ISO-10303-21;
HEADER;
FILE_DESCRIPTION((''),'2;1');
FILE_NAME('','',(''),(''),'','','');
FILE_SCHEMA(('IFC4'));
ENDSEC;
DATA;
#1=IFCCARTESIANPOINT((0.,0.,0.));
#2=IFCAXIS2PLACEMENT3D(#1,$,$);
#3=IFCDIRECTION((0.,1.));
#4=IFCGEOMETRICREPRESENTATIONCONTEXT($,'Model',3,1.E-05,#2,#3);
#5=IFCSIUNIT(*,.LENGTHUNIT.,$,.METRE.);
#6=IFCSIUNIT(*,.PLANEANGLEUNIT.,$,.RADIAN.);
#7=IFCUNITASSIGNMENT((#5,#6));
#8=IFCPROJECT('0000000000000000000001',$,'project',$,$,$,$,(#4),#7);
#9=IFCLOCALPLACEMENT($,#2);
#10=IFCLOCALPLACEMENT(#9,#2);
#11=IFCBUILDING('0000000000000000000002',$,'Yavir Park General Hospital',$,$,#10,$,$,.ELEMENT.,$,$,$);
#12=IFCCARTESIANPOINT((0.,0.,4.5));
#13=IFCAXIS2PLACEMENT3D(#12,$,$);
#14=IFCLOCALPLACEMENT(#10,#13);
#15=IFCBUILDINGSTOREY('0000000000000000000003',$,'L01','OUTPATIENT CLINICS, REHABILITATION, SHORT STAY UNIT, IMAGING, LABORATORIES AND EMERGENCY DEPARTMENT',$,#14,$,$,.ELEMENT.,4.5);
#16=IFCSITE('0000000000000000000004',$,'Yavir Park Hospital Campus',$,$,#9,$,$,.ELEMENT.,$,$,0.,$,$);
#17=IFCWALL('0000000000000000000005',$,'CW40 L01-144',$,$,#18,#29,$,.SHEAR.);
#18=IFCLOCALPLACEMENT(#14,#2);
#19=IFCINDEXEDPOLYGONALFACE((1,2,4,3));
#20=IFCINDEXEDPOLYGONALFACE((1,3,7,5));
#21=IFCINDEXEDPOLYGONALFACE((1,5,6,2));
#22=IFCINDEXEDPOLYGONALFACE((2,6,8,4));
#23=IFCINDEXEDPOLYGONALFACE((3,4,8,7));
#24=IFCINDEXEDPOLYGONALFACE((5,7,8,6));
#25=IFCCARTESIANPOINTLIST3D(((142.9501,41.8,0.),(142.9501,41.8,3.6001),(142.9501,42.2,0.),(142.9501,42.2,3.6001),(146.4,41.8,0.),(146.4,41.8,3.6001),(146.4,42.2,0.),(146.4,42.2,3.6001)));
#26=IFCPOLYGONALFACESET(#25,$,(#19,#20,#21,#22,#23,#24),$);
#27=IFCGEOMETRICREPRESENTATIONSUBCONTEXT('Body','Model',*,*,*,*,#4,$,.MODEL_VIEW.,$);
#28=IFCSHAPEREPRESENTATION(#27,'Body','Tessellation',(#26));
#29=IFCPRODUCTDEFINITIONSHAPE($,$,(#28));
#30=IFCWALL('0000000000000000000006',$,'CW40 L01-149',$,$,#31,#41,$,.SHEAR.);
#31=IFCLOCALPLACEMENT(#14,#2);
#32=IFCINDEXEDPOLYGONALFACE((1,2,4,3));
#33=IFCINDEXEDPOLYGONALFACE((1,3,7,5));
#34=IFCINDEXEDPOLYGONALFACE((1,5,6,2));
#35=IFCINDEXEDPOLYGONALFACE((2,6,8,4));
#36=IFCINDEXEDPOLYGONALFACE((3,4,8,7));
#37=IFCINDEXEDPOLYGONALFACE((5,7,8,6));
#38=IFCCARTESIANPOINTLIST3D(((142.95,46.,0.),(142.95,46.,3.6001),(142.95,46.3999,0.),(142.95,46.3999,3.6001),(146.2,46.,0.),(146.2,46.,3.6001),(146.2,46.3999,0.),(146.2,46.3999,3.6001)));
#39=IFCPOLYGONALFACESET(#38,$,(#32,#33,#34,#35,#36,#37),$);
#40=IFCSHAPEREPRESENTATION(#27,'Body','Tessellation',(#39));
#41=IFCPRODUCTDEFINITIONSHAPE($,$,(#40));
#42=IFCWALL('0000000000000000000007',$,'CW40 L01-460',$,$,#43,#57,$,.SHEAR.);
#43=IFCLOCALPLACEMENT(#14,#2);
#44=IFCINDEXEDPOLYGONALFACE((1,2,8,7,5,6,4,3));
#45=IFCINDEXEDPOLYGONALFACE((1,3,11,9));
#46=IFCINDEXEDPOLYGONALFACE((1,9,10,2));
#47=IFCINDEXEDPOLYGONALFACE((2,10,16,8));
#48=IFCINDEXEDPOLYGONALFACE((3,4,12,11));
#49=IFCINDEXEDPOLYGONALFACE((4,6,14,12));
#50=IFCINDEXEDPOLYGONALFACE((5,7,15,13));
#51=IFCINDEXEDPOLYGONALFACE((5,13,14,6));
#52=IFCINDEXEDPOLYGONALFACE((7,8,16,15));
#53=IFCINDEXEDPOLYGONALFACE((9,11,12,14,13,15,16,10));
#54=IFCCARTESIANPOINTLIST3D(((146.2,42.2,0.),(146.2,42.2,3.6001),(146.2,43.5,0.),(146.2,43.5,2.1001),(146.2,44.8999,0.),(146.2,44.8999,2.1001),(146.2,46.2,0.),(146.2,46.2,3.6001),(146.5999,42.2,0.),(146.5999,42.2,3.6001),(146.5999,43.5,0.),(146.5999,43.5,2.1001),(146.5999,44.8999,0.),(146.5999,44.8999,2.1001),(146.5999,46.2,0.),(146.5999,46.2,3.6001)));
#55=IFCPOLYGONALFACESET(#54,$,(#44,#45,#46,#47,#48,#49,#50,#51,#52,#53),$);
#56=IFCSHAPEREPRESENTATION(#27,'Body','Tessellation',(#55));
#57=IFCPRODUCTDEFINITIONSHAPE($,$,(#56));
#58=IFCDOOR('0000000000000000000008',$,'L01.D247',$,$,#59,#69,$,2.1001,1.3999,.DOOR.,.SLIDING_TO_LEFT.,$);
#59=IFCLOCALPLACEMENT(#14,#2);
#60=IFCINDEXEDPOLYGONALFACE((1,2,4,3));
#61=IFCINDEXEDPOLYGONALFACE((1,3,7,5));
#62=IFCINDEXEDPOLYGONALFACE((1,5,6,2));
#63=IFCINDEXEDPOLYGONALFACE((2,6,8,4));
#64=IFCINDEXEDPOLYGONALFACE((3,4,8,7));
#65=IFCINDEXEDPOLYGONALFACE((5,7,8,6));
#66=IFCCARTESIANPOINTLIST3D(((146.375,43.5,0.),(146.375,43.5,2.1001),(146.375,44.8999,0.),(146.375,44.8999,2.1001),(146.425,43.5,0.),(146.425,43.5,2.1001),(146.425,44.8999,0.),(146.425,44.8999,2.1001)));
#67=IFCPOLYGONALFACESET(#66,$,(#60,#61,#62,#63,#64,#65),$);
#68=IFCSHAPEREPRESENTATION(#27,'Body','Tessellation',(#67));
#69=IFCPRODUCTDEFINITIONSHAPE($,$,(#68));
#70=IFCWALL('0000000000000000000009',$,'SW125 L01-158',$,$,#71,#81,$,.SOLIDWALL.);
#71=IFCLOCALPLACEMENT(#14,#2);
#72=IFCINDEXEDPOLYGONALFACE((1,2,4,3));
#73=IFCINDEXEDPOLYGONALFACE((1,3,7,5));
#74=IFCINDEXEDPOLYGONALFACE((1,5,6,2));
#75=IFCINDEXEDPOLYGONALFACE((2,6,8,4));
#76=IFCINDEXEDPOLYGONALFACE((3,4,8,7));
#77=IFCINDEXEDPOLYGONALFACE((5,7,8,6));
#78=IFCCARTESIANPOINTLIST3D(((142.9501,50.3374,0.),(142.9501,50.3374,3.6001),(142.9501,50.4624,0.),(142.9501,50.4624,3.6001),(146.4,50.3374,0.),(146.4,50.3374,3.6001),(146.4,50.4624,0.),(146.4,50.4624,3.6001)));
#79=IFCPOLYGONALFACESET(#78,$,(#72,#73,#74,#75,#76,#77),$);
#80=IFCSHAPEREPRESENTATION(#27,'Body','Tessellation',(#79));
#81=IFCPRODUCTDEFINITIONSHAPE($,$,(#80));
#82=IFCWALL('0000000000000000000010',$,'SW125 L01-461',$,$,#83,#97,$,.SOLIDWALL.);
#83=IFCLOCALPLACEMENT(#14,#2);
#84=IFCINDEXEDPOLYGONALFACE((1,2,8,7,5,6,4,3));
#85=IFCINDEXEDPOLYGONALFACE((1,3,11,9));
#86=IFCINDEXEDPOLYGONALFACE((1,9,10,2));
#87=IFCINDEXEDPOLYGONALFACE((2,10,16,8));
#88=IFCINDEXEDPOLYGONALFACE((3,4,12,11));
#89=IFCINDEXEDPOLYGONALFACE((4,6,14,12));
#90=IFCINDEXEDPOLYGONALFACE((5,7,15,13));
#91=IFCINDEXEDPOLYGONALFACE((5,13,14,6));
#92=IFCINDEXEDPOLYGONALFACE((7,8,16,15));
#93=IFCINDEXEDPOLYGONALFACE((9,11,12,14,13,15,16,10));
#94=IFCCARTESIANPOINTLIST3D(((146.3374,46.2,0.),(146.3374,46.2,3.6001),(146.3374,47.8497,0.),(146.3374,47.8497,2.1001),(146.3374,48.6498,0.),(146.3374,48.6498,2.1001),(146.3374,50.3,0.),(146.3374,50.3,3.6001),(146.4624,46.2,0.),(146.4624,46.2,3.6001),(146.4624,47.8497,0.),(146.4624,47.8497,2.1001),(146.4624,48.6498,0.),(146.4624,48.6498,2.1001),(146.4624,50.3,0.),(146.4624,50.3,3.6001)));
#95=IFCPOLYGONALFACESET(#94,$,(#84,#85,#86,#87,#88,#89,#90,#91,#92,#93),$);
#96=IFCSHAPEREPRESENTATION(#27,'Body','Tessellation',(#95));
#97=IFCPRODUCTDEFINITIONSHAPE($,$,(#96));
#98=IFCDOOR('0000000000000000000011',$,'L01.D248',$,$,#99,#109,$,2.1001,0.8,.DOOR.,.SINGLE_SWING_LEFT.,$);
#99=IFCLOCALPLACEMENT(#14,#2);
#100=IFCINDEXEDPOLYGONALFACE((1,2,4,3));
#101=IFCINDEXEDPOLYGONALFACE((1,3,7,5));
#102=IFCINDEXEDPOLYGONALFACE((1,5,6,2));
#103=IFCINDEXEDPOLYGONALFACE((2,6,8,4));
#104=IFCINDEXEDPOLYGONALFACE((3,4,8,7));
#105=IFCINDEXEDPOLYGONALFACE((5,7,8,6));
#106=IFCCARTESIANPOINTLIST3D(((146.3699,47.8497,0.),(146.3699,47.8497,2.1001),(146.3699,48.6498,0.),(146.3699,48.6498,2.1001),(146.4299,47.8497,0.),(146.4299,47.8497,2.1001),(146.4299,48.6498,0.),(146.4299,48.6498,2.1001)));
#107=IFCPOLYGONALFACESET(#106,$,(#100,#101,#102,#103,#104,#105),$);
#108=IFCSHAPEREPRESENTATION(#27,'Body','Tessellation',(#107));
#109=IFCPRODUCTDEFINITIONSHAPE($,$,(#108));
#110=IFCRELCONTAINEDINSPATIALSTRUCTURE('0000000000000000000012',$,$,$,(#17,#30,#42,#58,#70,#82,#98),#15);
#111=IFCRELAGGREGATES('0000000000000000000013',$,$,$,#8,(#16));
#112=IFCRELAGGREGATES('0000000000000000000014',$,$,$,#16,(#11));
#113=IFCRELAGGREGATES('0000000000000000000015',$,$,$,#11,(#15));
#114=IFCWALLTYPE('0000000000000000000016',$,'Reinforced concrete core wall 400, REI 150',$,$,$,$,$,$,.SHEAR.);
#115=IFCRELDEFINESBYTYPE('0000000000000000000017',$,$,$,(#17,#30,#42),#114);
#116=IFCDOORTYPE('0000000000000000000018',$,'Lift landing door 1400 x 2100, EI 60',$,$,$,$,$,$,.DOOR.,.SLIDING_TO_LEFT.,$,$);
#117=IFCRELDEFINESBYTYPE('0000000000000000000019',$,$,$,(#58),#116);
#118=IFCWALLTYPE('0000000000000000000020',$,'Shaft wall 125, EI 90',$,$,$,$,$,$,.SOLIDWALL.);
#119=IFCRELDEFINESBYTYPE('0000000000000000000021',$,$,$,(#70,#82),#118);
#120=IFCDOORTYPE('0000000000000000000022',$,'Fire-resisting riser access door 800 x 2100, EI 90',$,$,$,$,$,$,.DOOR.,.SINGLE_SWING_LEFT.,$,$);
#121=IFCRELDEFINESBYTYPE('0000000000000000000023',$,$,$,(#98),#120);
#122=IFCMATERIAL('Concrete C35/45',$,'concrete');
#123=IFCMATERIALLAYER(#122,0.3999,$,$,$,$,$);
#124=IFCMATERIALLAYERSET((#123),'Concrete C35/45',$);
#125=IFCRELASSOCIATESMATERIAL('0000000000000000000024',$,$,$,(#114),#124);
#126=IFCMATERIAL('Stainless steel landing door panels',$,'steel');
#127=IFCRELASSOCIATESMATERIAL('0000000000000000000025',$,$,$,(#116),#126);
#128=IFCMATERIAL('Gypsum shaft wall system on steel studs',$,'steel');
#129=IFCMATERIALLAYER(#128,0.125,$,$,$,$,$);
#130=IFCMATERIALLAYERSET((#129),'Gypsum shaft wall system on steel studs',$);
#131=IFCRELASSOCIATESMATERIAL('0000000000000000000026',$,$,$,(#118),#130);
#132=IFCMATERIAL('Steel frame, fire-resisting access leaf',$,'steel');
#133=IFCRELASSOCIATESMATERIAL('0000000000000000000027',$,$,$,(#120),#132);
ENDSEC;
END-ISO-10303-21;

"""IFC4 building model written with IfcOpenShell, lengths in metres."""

from ifc_helpers import new_model, si_unit, direction, frame, frame_2d, origin, place, context, subcontext, project, spatial, rectangle, extrude, material, layer, layer_set, type_object, element, fill, save


model = new_model("IFC4")

# Units and contexts
model_context = context("Model", 3, precision=1e-05, world=origin(), true_north=direction((0.0, 1.0)))
body_context = subcontext(model_context, "Body", "Model", "MODEL_VIEW")
ifc_project = project(units=[si_unit("LENGTHUNIT", "METRE"), si_unit("PLANEANGLEUNIT", "RADIAN")], contexts=[model_context])

# Site, building, storey
site_placement = place(None, origin())
site = spatial("IfcSite", under=ifc_project, at=site_placement, Name="Yavir Park Hospital Campus", CompositionType="ELEMENT", RefElevation=0.0)
building_placement = place(site_placement, origin())
building = spatial("IfcBuilding", under=site, at=building_placement, Name="Yavir Park General Hospital", CompositionType="ELEMENT")
storey_placement = place(building_placement, frame((0.0, 0.0, 4.5)))
storey = spatial("IfcBuildingStorey", under=building, at=storey_placement, Name="L01", Description="OUTPATIENT CLINICS, REHABILITATION, SHORT STAY UNIT, IMAGING, LABORATORIES AND EMERGENCY DEPARTMENT", CompositionType="ELEMENT", Elevation=4.5)

# Walls
ifc_material_1 = material(Name="Concrete C35/45", Category="concrete")
ifc_layer_1 = layer(ifc_material_1, 0.3999)
ifc_layer_set_1 = layer_set([ifc_layer_1], Name="Concrete C35/45")
wall_type_1 = type_object("IfcWallType", Name="Reinforced concrete core wall 400, REI 150", PredefinedType="SHEAR", material=ifc_layer_set_1)
wall_1_placement = place(storey_placement, frame((142.95, 42.0, 0.0), z_axis=(0.0, 0.0, 1.0), x_axis=(1.0, 0.0, 0.0)))
element("IfcWall", 1, at=wall_1_placement, inside=storey, type_object=wall_type_1, Name="CW40 L01-144", PredefinedType="SHEAR", context=body_context, shape_type="SweptSolid", body=[
    extrude(rectangle(XDim=3.45, YDim=0.3999, at=frame_2d((1.7251, 0.0))), origin(), (0.0, 0.0, 1.0), 3.6001),
])
wall_2_placement = place(storey_placement, frame((142.95, 46.2, 0.0), z_axis=(0.0, 0.0, 1.0), x_axis=(1.0, 0.0, 0.0)))
element("IfcWall", 2, at=wall_2_placement, inside=storey, type_object=wall_type_1, Name="CW40 L01-149", PredefinedType="SHEAR", context=body_context, shape_type="SweptSolid", body=[
    extrude(rectangle(XDim=3.25, YDim=0.3999, at=frame_2d((1.625, 0.0))), origin(), (0.0, 0.0, 1.0), 3.6001),
])

# Wall, opening, door
wall_3_placement = place(storey_placement, frame((146.3999, 42.2, 0.0), z_axis=(0.0, 0.0, 1.0), x_axis=(0.0, 1.0, 0.0)))
wall_3 = element("IfcWall", 3, at=wall_3_placement, inside=storey, type_object=wall_type_1, Name="CW40 L01-460", PredefinedType="SHEAR", context=body_context, shape_type="SweptSolid", body=[
    extrude(rectangle(XDim=4.0, YDim=0.3999, at=frame_2d((2.0, 0.0))), origin(), (0.0, 0.0, 1.0), 3.6001),
])
opening_1_placement = place(wall_3_placement, frame((1.3, 0.0, 0.0)))
opening_1 = element("IfcOpeningElement", 4, at=opening_1_placement, cuts=wall_3, PredefinedType="OPENING", context=body_context, shape_type="SweptSolid", body=[
    extrude(rectangle(XDim=1.3999, YDim=2.1001, at=frame_2d((0.7, 1.05))), frame((0.0, 0.21, 0.0), z_axis=(0.0, -1.0, 0.0), x_axis=(1.0, 0.0, 0.0)), (0.0, 0.0, 1.0), 0.4199),
])
ifc_material_2 = material(Name="Stainless steel landing door panels", Category="steel")
door_type_1 = type_object("IfcDoorType", Name="Lift landing door 1400 x 2100, EI 60", OperationType="SLIDING_TO_LEFT", PredefinedType="DOOR", material=ifc_material_2)
door_1_placement = place(opening_1_placement, origin())
door_1 = element("IfcDoor", 5, at=door_1_placement, inside=storey, type_object=door_type_1, Name="L01.D247", OperationType="SLIDING_TO_LEFT", OverallHeight=2.1001, OverallWidth=1.3999, PredefinedType="DOOR", context=body_context, shape_type="SweptSolid", body=[
    extrude(rectangle(XDim=1.3999, YDim=2.1001, at=frame_2d((0.7, 1.05))), frame((0.0, 0.0249, 0.0), z_axis=(0.0, -1.0, 0.0), x_axis=(1.0, 0.0, 0.0)), (0.0, 0.0, 1.0), 0.05),
])
fill(opening_1, door_1)

# Wall
ifc_material_3 = material(Name="Gypsum shaft wall system on steel studs", Category="steel")
ifc_layer_2 = layer(ifc_material_3, 0.125)
ifc_layer_set_2 = layer_set([ifc_layer_2], Name="Gypsum shaft wall system on steel studs")
wall_type_2 = type_object("IfcWallType", Name="Shaft wall 125, EI 90", PredefinedType="SOLIDWALL", material=ifc_layer_set_2)
wall_4_placement = place(storey_placement, frame((142.95, 50.3999, 0.0), z_axis=(0.0, 0.0, 1.0), x_axis=(1.0, 0.0, 0.0)))
element("IfcWall", 6, at=wall_4_placement, inside=storey, type_object=wall_type_2, Name="SW125 L01-158", PredefinedType="SOLIDWALL", context=body_context, shape_type="SweptSolid", body=[
    extrude(rectangle(XDim=3.45, YDim=0.125, at=frame_2d((1.7251, 0.0))), origin(), (0.0, 0.0, 1.0), 3.6001),
])

# Wall, opening, door
wall_5_placement = place(storey_placement, frame((146.3999, 46.2, 0.0), z_axis=(0.0, 0.0, 1.0), x_axis=(0.0, 1.0, 0.0)))
wall_5 = element("IfcWall", 7, at=wall_5_placement, inside=storey, type_object=wall_type_2, Name="SW125 L01-461", PredefinedType="SOLIDWALL", context=body_context, shape_type="SweptSolid", body=[
    extrude(rectangle(XDim=4.1001, YDim=0.125, at=frame_2d((2.05, 0.0))), origin(), (0.0, 0.0, 1.0), 3.6001),
])
opening_2_placement = place(wall_5_placement, frame((1.6499, 0.0, 0.0)))
opening_2 = element("IfcOpeningElement", 8, at=opening_2_placement, cuts=wall_5, PredefinedType="OPENING", context=body_context, shape_type="SweptSolid", body=[
    extrude(rectangle(XDim=0.8, YDim=2.1001, at=frame_2d((0.3999, 1.05))), frame((0.0, 0.0725, 0.0), z_axis=(0.0, -1.0, 0.0), x_axis=(1.0, 0.0, 0.0)), (0.0, 0.0, 1.0), 0.145),
])
ifc_material_4 = material(Name="Steel frame, fire-resisting access leaf", Category="steel")
door_type_2 = type_object("IfcDoorType", Name="Fire-resisting riser access door 800 x 2100, EI 90", OperationType="SINGLE_SWING_LEFT", PredefinedType="DOOR", material=ifc_material_4)
door_2_placement = place(opening_2_placement, origin())
door_2 = element("IfcDoor", 9, at=door_2_placement, inside=storey, type_object=door_type_2, Name="L01.D248", OperationType="SINGLE_SWING_LEFT", OverallHeight=2.1001, OverallWidth=0.8, PredefinedType="DOOR", context=body_context, shape_type="SweptSolid", body=[
    extrude(rectangle(XDim=0.8, YDim=2.1001, at=frame_2d((0.3999, 1.05))), frame((0.0, 0.03, 0.0), z_axis=(0.0, -1.0, 0.0), x_axis=(1.0, 0.0, 0.0)), (0.0, 0.0, 1.0), 0.0601),
])
fill(opening_2, door_2)

save(model, "model.ifc")
